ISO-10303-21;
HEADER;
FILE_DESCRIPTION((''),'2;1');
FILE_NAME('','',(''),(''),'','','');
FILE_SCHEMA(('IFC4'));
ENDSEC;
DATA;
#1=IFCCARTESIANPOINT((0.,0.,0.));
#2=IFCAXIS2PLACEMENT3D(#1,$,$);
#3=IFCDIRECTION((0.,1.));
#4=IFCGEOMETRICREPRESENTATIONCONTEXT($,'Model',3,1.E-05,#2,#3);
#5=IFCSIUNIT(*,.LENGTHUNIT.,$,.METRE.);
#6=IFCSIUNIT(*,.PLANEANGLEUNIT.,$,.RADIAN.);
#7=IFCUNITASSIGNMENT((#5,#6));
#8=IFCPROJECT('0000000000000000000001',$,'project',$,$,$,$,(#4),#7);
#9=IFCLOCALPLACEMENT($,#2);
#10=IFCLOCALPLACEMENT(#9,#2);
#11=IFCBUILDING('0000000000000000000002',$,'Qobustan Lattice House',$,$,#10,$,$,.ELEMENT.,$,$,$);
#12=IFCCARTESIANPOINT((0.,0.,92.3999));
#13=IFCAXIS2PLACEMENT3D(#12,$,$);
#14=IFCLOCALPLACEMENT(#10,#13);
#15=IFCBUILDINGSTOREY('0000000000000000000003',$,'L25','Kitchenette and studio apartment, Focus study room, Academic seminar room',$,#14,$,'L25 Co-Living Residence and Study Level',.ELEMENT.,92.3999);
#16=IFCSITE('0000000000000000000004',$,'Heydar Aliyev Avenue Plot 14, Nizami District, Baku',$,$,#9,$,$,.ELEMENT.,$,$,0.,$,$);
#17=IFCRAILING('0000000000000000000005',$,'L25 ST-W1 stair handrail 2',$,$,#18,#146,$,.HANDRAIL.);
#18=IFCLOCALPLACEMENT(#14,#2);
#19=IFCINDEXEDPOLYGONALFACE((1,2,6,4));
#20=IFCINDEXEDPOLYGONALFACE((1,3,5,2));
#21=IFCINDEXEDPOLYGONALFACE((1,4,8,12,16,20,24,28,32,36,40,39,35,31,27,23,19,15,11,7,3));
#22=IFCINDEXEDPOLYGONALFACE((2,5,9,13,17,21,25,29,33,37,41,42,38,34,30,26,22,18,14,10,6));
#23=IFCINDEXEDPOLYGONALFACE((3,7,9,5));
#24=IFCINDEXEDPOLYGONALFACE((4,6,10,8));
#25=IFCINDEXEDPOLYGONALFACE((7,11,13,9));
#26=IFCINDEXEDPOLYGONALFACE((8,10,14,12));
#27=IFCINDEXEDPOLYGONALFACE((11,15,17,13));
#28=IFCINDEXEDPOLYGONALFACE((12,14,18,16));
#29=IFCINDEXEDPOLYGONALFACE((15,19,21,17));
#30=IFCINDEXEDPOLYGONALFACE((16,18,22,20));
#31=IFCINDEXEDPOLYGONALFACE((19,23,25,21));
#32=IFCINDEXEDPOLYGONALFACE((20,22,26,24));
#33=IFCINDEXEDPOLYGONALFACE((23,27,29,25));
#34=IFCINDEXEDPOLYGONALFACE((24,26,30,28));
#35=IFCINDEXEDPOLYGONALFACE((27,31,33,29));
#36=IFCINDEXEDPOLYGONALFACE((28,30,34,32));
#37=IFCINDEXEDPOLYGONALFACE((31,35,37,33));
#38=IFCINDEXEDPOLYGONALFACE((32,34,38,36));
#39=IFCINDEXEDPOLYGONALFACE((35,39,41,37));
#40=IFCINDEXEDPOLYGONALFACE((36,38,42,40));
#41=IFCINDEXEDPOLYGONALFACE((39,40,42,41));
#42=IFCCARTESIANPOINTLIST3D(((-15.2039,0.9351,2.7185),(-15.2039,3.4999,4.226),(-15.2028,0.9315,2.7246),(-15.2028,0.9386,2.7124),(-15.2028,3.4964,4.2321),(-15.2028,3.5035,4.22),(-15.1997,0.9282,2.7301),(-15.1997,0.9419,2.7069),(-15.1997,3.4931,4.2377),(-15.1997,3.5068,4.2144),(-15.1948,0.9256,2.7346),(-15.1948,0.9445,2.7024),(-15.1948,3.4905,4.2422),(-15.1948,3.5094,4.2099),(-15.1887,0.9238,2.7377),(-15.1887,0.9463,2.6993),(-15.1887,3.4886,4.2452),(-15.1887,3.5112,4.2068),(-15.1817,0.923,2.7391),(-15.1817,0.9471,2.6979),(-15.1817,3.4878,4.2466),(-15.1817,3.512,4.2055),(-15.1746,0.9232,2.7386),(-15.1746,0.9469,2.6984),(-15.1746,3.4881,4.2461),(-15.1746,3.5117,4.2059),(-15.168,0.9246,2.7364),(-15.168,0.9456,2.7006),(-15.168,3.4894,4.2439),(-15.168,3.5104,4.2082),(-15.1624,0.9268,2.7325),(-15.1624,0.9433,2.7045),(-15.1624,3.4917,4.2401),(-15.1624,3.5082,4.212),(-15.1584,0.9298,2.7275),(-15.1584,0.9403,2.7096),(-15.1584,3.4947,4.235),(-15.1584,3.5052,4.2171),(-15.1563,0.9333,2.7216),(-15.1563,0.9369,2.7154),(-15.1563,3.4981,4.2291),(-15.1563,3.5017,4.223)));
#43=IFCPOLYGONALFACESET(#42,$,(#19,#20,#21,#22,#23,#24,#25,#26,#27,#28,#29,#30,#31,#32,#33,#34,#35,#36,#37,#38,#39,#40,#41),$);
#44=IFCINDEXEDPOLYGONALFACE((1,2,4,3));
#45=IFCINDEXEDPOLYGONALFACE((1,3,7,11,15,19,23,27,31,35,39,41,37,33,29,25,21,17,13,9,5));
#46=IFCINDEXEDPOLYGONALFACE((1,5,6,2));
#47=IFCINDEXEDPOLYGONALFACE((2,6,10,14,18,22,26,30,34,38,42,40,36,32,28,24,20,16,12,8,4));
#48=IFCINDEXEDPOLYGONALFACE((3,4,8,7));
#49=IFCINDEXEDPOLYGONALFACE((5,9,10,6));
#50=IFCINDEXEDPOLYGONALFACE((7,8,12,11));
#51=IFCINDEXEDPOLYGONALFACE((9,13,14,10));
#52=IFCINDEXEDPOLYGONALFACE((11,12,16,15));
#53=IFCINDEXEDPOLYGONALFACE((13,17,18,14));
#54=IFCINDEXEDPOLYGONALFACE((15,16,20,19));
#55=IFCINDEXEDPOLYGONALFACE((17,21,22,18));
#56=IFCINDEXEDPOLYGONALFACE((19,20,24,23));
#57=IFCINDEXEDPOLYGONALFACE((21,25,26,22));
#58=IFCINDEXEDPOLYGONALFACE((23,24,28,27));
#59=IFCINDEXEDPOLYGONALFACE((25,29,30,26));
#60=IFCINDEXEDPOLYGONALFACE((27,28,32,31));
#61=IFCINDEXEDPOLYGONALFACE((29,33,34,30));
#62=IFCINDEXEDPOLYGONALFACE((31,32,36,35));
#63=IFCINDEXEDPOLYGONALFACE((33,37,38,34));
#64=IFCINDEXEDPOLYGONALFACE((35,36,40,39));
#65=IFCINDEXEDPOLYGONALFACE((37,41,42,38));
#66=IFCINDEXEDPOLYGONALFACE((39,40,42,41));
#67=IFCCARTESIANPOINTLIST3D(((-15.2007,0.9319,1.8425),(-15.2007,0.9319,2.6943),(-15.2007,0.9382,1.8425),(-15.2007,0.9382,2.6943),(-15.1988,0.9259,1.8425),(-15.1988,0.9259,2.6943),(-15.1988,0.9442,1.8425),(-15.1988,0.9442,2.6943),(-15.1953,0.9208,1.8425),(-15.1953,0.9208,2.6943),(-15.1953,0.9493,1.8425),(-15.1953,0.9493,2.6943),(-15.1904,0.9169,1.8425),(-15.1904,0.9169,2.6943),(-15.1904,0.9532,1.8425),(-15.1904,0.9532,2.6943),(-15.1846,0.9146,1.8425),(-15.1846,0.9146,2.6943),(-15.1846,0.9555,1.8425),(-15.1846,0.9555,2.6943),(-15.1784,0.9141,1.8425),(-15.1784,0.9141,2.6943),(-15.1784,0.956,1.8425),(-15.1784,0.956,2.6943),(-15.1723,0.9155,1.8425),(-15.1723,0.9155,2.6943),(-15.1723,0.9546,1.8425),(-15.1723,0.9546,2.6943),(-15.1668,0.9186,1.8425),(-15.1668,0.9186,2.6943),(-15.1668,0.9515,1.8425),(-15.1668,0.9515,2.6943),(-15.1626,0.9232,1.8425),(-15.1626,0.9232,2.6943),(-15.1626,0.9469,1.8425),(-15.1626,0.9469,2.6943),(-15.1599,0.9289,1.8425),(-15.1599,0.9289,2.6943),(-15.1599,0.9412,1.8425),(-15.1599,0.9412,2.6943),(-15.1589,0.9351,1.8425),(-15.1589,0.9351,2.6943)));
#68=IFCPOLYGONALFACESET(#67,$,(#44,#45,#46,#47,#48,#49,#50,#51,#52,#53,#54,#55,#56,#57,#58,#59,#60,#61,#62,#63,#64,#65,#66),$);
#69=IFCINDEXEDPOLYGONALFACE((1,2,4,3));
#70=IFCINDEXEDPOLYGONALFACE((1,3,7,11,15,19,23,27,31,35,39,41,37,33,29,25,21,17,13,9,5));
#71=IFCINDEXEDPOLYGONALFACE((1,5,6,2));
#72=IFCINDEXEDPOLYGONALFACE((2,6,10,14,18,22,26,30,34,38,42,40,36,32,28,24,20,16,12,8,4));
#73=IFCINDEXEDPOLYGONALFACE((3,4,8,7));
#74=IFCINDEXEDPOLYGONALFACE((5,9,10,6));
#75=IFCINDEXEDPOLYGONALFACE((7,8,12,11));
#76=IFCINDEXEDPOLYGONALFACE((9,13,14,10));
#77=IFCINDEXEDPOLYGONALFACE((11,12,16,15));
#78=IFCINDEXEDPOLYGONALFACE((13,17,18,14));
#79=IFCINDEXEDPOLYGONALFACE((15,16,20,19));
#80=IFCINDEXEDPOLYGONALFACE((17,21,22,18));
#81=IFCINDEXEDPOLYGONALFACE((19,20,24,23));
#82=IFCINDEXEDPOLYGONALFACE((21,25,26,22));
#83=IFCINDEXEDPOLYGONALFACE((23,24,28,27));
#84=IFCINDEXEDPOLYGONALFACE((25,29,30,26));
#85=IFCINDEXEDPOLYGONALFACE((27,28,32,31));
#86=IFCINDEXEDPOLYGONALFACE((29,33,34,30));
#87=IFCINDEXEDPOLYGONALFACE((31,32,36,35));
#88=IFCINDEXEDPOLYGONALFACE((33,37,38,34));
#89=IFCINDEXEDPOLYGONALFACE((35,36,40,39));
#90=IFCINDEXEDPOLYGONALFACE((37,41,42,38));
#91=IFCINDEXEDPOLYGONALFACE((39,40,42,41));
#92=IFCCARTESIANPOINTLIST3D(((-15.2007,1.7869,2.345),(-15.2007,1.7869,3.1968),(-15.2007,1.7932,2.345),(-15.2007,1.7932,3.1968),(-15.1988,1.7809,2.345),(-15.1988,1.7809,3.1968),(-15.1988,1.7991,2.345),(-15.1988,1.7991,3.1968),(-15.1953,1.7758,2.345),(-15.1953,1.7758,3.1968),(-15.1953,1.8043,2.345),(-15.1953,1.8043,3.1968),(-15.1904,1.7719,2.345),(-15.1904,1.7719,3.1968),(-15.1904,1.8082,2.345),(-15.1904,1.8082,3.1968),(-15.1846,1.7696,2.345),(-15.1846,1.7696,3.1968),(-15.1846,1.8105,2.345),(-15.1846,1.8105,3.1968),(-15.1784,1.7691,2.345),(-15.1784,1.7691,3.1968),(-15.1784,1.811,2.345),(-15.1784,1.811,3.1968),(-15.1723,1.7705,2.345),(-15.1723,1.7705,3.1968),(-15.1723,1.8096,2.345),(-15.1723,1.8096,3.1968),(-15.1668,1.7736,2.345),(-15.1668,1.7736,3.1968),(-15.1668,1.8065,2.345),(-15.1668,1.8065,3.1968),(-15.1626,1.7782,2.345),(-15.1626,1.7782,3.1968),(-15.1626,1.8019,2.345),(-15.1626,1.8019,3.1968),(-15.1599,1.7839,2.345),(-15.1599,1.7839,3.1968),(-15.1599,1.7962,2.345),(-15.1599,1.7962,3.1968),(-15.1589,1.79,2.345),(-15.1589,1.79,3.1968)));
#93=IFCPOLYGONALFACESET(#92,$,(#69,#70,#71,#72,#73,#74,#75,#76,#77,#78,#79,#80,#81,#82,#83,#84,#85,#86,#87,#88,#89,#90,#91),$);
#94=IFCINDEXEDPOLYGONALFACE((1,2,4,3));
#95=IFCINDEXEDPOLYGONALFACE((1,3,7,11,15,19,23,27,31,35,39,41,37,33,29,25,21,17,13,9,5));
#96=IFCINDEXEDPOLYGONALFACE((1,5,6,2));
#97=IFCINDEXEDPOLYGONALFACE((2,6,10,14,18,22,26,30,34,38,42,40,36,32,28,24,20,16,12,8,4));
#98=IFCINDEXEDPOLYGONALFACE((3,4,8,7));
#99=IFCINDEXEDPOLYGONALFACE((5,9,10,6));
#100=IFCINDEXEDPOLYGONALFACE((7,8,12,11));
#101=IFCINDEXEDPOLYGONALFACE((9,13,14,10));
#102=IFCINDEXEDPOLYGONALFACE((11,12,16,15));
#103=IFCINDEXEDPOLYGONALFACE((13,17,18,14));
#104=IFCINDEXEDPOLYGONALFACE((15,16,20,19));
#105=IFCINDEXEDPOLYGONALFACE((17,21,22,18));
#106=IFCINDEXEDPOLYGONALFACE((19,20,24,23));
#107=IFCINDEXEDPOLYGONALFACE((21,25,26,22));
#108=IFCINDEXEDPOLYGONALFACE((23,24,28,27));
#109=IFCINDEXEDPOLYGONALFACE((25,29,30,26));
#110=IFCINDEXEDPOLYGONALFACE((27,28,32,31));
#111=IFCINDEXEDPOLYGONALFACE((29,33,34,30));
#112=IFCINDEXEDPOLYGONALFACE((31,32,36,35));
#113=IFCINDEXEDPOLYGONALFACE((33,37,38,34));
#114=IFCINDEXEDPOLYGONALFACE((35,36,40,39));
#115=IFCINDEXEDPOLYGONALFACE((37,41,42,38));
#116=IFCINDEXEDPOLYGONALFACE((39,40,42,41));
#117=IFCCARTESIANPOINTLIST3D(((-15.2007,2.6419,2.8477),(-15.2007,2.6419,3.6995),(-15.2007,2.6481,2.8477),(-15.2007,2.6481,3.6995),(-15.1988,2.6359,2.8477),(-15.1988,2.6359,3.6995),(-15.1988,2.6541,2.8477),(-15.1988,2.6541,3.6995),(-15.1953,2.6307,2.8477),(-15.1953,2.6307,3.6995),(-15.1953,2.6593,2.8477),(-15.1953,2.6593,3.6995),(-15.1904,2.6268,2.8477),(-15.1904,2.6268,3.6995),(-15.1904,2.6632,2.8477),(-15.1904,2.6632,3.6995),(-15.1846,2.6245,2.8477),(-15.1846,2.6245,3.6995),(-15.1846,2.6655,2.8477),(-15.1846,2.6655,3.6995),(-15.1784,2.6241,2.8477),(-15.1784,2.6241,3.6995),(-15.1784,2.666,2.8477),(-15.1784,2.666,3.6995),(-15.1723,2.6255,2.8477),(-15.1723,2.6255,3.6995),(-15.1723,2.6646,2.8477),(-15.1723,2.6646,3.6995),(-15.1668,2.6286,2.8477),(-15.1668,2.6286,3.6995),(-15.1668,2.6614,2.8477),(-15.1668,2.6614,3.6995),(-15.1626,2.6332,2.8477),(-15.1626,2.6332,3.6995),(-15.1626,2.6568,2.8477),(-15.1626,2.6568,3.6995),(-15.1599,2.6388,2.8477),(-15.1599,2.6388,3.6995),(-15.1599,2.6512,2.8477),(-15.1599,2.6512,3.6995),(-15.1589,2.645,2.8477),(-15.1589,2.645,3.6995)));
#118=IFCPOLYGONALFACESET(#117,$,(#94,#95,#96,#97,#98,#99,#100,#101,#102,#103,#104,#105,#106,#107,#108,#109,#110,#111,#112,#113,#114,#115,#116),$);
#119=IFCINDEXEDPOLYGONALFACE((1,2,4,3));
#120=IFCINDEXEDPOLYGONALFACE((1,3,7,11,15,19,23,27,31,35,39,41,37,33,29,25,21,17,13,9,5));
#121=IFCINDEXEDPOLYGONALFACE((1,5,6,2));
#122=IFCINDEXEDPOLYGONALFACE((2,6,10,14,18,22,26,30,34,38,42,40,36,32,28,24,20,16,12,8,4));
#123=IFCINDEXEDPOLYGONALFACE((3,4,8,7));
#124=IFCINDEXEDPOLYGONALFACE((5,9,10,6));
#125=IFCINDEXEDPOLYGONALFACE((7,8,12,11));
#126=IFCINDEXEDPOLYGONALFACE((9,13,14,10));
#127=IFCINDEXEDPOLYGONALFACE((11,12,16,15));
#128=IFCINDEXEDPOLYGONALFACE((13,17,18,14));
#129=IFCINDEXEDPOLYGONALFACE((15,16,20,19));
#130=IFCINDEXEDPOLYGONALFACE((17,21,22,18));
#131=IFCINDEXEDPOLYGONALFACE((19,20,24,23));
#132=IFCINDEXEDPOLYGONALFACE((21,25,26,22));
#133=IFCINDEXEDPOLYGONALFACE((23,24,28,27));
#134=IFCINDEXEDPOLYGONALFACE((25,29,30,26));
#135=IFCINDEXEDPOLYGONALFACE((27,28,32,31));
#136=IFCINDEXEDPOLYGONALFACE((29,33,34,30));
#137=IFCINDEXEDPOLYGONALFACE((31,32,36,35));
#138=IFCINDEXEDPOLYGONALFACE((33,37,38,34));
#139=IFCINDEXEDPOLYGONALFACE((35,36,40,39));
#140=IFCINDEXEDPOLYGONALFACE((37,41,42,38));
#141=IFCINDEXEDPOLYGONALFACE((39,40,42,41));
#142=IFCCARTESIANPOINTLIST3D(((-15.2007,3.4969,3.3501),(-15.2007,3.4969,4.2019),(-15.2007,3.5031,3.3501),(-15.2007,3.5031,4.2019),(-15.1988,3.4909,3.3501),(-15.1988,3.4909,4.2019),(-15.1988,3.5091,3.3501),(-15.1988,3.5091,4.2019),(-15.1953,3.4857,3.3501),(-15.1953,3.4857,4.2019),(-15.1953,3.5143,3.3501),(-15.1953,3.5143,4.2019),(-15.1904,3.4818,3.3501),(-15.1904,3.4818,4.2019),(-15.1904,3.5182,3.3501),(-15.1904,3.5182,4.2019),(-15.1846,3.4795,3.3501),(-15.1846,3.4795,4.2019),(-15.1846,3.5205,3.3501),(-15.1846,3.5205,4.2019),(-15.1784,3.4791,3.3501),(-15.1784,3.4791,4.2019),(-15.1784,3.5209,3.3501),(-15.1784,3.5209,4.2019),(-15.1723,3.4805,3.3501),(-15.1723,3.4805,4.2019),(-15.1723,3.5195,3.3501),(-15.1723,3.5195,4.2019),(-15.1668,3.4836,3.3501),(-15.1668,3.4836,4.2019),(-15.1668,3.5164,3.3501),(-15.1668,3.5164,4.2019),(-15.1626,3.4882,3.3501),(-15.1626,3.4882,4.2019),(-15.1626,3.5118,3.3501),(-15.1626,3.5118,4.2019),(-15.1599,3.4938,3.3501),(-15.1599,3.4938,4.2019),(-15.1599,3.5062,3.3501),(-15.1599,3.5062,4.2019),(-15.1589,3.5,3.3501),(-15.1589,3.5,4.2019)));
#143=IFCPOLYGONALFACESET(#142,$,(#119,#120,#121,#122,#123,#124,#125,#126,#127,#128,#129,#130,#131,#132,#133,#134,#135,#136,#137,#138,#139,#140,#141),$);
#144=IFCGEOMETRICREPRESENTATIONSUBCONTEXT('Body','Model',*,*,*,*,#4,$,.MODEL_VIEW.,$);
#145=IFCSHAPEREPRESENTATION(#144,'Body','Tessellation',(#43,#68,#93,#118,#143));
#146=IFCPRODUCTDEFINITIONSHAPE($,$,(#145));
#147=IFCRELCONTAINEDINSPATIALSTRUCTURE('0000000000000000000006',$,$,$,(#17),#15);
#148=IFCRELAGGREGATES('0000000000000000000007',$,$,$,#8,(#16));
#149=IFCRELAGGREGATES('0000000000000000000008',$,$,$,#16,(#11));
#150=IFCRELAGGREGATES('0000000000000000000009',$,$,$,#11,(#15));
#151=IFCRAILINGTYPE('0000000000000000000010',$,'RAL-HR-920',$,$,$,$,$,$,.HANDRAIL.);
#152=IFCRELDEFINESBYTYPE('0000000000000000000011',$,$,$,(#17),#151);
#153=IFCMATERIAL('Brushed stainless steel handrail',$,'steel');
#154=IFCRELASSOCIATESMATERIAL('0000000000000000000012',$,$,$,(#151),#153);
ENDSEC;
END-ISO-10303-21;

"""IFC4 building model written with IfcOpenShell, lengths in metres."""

from ifc_helpers import new_model, si_unit, direction, frame, origin, origin_2d, place, context, subcontext, project, spatial, circle, extrude, material, type_object, element, save


model = new_model("IFC4")

# Units and contexts
model_context = context("Model", 3, precision=1e-05, world=origin(), true_north=direction((0.0, 1.0)))
body_context = subcontext(model_context, "Body", "Model", "MODEL_VIEW")
ifc_project = project(units=[si_unit("LENGTHUNIT", "METRE"), si_unit("PLANEANGLEUNIT", "RADIAN")], contexts=[model_context])

# Site, building, storey
site_placement = place(None, origin())
site = spatial("IfcSite", under=ifc_project, at=site_placement, Name="Heydar Aliyev Avenue Plot 14, Nizami District, Baku", CompositionType="ELEMENT", RefElevation=0.0)
building_placement = place(site_placement, origin())
building = spatial("IfcBuilding", under=site, at=building_placement, Name="Qobustan Lattice House", CompositionType="ELEMENT")
storey_placement = place(building_placement, frame((0.0, 0.0, 92.3999)))
storey = spatial("IfcBuildingStorey", under=building, at=storey_placement, Name="L25", Description="Kitchenette and studio apartment, Focus study room, Academic seminar room", LongName="L25 Co-Living Residence and Study Level", CompositionType="ELEMENT", Elevation=92.3999)

# Railing
ifc_material_1 = material(Name="Brushed stainless steel handrail", Category="steel")
railing_type_1 = type_object("IfcRailingType", Name="RAL-HR-920", PredefinedType="HANDRAIL", material=ifc_material_1)
railing_1_placement = place(storey_placement, frame((-15.1799, 0.9351, 1.8425)))
element("IfcRailing", 1, at=railing_1_placement, inside=storey, type_object=railing_type_1, Name="L25 ST-W1 stair handrail 2", PredefinedType="HANDRAIL", context=body_context, shape_type="SweptSolid", body=[
    extrude(circle(Radius=0.0239, at=origin_2d()), frame((0.0, 0.0, 0.876), z_axis=(0.0, 0.862113, 0.506715), x_axis=(-1.0, 0.0, 0.0)), (0.0, 0.0, 1.0), 2.9751),
    extrude(circle(Radius=0.021, at=origin_2d()), origin(), (0.0, 0.0, 1.0), 0.8518),
    extrude(circle(Radius=0.021, at=origin_2d()), frame((0.0, 0.855, 0.5024)), (0.0, 0.0, 1.0), 0.8518),
    extrude(circle(Radius=0.021, at=origin_2d()), frame((0.0, 1.71, 1.0051)), (0.0, 0.0, 1.0), 0.8518),
    extrude(circle(Radius=0.021, at=origin_2d()), frame((0.0, 2.5649, 1.5076)), (0.0, 0.0, 1.0), 0.8518),
])

save(model, "model.ifc")
